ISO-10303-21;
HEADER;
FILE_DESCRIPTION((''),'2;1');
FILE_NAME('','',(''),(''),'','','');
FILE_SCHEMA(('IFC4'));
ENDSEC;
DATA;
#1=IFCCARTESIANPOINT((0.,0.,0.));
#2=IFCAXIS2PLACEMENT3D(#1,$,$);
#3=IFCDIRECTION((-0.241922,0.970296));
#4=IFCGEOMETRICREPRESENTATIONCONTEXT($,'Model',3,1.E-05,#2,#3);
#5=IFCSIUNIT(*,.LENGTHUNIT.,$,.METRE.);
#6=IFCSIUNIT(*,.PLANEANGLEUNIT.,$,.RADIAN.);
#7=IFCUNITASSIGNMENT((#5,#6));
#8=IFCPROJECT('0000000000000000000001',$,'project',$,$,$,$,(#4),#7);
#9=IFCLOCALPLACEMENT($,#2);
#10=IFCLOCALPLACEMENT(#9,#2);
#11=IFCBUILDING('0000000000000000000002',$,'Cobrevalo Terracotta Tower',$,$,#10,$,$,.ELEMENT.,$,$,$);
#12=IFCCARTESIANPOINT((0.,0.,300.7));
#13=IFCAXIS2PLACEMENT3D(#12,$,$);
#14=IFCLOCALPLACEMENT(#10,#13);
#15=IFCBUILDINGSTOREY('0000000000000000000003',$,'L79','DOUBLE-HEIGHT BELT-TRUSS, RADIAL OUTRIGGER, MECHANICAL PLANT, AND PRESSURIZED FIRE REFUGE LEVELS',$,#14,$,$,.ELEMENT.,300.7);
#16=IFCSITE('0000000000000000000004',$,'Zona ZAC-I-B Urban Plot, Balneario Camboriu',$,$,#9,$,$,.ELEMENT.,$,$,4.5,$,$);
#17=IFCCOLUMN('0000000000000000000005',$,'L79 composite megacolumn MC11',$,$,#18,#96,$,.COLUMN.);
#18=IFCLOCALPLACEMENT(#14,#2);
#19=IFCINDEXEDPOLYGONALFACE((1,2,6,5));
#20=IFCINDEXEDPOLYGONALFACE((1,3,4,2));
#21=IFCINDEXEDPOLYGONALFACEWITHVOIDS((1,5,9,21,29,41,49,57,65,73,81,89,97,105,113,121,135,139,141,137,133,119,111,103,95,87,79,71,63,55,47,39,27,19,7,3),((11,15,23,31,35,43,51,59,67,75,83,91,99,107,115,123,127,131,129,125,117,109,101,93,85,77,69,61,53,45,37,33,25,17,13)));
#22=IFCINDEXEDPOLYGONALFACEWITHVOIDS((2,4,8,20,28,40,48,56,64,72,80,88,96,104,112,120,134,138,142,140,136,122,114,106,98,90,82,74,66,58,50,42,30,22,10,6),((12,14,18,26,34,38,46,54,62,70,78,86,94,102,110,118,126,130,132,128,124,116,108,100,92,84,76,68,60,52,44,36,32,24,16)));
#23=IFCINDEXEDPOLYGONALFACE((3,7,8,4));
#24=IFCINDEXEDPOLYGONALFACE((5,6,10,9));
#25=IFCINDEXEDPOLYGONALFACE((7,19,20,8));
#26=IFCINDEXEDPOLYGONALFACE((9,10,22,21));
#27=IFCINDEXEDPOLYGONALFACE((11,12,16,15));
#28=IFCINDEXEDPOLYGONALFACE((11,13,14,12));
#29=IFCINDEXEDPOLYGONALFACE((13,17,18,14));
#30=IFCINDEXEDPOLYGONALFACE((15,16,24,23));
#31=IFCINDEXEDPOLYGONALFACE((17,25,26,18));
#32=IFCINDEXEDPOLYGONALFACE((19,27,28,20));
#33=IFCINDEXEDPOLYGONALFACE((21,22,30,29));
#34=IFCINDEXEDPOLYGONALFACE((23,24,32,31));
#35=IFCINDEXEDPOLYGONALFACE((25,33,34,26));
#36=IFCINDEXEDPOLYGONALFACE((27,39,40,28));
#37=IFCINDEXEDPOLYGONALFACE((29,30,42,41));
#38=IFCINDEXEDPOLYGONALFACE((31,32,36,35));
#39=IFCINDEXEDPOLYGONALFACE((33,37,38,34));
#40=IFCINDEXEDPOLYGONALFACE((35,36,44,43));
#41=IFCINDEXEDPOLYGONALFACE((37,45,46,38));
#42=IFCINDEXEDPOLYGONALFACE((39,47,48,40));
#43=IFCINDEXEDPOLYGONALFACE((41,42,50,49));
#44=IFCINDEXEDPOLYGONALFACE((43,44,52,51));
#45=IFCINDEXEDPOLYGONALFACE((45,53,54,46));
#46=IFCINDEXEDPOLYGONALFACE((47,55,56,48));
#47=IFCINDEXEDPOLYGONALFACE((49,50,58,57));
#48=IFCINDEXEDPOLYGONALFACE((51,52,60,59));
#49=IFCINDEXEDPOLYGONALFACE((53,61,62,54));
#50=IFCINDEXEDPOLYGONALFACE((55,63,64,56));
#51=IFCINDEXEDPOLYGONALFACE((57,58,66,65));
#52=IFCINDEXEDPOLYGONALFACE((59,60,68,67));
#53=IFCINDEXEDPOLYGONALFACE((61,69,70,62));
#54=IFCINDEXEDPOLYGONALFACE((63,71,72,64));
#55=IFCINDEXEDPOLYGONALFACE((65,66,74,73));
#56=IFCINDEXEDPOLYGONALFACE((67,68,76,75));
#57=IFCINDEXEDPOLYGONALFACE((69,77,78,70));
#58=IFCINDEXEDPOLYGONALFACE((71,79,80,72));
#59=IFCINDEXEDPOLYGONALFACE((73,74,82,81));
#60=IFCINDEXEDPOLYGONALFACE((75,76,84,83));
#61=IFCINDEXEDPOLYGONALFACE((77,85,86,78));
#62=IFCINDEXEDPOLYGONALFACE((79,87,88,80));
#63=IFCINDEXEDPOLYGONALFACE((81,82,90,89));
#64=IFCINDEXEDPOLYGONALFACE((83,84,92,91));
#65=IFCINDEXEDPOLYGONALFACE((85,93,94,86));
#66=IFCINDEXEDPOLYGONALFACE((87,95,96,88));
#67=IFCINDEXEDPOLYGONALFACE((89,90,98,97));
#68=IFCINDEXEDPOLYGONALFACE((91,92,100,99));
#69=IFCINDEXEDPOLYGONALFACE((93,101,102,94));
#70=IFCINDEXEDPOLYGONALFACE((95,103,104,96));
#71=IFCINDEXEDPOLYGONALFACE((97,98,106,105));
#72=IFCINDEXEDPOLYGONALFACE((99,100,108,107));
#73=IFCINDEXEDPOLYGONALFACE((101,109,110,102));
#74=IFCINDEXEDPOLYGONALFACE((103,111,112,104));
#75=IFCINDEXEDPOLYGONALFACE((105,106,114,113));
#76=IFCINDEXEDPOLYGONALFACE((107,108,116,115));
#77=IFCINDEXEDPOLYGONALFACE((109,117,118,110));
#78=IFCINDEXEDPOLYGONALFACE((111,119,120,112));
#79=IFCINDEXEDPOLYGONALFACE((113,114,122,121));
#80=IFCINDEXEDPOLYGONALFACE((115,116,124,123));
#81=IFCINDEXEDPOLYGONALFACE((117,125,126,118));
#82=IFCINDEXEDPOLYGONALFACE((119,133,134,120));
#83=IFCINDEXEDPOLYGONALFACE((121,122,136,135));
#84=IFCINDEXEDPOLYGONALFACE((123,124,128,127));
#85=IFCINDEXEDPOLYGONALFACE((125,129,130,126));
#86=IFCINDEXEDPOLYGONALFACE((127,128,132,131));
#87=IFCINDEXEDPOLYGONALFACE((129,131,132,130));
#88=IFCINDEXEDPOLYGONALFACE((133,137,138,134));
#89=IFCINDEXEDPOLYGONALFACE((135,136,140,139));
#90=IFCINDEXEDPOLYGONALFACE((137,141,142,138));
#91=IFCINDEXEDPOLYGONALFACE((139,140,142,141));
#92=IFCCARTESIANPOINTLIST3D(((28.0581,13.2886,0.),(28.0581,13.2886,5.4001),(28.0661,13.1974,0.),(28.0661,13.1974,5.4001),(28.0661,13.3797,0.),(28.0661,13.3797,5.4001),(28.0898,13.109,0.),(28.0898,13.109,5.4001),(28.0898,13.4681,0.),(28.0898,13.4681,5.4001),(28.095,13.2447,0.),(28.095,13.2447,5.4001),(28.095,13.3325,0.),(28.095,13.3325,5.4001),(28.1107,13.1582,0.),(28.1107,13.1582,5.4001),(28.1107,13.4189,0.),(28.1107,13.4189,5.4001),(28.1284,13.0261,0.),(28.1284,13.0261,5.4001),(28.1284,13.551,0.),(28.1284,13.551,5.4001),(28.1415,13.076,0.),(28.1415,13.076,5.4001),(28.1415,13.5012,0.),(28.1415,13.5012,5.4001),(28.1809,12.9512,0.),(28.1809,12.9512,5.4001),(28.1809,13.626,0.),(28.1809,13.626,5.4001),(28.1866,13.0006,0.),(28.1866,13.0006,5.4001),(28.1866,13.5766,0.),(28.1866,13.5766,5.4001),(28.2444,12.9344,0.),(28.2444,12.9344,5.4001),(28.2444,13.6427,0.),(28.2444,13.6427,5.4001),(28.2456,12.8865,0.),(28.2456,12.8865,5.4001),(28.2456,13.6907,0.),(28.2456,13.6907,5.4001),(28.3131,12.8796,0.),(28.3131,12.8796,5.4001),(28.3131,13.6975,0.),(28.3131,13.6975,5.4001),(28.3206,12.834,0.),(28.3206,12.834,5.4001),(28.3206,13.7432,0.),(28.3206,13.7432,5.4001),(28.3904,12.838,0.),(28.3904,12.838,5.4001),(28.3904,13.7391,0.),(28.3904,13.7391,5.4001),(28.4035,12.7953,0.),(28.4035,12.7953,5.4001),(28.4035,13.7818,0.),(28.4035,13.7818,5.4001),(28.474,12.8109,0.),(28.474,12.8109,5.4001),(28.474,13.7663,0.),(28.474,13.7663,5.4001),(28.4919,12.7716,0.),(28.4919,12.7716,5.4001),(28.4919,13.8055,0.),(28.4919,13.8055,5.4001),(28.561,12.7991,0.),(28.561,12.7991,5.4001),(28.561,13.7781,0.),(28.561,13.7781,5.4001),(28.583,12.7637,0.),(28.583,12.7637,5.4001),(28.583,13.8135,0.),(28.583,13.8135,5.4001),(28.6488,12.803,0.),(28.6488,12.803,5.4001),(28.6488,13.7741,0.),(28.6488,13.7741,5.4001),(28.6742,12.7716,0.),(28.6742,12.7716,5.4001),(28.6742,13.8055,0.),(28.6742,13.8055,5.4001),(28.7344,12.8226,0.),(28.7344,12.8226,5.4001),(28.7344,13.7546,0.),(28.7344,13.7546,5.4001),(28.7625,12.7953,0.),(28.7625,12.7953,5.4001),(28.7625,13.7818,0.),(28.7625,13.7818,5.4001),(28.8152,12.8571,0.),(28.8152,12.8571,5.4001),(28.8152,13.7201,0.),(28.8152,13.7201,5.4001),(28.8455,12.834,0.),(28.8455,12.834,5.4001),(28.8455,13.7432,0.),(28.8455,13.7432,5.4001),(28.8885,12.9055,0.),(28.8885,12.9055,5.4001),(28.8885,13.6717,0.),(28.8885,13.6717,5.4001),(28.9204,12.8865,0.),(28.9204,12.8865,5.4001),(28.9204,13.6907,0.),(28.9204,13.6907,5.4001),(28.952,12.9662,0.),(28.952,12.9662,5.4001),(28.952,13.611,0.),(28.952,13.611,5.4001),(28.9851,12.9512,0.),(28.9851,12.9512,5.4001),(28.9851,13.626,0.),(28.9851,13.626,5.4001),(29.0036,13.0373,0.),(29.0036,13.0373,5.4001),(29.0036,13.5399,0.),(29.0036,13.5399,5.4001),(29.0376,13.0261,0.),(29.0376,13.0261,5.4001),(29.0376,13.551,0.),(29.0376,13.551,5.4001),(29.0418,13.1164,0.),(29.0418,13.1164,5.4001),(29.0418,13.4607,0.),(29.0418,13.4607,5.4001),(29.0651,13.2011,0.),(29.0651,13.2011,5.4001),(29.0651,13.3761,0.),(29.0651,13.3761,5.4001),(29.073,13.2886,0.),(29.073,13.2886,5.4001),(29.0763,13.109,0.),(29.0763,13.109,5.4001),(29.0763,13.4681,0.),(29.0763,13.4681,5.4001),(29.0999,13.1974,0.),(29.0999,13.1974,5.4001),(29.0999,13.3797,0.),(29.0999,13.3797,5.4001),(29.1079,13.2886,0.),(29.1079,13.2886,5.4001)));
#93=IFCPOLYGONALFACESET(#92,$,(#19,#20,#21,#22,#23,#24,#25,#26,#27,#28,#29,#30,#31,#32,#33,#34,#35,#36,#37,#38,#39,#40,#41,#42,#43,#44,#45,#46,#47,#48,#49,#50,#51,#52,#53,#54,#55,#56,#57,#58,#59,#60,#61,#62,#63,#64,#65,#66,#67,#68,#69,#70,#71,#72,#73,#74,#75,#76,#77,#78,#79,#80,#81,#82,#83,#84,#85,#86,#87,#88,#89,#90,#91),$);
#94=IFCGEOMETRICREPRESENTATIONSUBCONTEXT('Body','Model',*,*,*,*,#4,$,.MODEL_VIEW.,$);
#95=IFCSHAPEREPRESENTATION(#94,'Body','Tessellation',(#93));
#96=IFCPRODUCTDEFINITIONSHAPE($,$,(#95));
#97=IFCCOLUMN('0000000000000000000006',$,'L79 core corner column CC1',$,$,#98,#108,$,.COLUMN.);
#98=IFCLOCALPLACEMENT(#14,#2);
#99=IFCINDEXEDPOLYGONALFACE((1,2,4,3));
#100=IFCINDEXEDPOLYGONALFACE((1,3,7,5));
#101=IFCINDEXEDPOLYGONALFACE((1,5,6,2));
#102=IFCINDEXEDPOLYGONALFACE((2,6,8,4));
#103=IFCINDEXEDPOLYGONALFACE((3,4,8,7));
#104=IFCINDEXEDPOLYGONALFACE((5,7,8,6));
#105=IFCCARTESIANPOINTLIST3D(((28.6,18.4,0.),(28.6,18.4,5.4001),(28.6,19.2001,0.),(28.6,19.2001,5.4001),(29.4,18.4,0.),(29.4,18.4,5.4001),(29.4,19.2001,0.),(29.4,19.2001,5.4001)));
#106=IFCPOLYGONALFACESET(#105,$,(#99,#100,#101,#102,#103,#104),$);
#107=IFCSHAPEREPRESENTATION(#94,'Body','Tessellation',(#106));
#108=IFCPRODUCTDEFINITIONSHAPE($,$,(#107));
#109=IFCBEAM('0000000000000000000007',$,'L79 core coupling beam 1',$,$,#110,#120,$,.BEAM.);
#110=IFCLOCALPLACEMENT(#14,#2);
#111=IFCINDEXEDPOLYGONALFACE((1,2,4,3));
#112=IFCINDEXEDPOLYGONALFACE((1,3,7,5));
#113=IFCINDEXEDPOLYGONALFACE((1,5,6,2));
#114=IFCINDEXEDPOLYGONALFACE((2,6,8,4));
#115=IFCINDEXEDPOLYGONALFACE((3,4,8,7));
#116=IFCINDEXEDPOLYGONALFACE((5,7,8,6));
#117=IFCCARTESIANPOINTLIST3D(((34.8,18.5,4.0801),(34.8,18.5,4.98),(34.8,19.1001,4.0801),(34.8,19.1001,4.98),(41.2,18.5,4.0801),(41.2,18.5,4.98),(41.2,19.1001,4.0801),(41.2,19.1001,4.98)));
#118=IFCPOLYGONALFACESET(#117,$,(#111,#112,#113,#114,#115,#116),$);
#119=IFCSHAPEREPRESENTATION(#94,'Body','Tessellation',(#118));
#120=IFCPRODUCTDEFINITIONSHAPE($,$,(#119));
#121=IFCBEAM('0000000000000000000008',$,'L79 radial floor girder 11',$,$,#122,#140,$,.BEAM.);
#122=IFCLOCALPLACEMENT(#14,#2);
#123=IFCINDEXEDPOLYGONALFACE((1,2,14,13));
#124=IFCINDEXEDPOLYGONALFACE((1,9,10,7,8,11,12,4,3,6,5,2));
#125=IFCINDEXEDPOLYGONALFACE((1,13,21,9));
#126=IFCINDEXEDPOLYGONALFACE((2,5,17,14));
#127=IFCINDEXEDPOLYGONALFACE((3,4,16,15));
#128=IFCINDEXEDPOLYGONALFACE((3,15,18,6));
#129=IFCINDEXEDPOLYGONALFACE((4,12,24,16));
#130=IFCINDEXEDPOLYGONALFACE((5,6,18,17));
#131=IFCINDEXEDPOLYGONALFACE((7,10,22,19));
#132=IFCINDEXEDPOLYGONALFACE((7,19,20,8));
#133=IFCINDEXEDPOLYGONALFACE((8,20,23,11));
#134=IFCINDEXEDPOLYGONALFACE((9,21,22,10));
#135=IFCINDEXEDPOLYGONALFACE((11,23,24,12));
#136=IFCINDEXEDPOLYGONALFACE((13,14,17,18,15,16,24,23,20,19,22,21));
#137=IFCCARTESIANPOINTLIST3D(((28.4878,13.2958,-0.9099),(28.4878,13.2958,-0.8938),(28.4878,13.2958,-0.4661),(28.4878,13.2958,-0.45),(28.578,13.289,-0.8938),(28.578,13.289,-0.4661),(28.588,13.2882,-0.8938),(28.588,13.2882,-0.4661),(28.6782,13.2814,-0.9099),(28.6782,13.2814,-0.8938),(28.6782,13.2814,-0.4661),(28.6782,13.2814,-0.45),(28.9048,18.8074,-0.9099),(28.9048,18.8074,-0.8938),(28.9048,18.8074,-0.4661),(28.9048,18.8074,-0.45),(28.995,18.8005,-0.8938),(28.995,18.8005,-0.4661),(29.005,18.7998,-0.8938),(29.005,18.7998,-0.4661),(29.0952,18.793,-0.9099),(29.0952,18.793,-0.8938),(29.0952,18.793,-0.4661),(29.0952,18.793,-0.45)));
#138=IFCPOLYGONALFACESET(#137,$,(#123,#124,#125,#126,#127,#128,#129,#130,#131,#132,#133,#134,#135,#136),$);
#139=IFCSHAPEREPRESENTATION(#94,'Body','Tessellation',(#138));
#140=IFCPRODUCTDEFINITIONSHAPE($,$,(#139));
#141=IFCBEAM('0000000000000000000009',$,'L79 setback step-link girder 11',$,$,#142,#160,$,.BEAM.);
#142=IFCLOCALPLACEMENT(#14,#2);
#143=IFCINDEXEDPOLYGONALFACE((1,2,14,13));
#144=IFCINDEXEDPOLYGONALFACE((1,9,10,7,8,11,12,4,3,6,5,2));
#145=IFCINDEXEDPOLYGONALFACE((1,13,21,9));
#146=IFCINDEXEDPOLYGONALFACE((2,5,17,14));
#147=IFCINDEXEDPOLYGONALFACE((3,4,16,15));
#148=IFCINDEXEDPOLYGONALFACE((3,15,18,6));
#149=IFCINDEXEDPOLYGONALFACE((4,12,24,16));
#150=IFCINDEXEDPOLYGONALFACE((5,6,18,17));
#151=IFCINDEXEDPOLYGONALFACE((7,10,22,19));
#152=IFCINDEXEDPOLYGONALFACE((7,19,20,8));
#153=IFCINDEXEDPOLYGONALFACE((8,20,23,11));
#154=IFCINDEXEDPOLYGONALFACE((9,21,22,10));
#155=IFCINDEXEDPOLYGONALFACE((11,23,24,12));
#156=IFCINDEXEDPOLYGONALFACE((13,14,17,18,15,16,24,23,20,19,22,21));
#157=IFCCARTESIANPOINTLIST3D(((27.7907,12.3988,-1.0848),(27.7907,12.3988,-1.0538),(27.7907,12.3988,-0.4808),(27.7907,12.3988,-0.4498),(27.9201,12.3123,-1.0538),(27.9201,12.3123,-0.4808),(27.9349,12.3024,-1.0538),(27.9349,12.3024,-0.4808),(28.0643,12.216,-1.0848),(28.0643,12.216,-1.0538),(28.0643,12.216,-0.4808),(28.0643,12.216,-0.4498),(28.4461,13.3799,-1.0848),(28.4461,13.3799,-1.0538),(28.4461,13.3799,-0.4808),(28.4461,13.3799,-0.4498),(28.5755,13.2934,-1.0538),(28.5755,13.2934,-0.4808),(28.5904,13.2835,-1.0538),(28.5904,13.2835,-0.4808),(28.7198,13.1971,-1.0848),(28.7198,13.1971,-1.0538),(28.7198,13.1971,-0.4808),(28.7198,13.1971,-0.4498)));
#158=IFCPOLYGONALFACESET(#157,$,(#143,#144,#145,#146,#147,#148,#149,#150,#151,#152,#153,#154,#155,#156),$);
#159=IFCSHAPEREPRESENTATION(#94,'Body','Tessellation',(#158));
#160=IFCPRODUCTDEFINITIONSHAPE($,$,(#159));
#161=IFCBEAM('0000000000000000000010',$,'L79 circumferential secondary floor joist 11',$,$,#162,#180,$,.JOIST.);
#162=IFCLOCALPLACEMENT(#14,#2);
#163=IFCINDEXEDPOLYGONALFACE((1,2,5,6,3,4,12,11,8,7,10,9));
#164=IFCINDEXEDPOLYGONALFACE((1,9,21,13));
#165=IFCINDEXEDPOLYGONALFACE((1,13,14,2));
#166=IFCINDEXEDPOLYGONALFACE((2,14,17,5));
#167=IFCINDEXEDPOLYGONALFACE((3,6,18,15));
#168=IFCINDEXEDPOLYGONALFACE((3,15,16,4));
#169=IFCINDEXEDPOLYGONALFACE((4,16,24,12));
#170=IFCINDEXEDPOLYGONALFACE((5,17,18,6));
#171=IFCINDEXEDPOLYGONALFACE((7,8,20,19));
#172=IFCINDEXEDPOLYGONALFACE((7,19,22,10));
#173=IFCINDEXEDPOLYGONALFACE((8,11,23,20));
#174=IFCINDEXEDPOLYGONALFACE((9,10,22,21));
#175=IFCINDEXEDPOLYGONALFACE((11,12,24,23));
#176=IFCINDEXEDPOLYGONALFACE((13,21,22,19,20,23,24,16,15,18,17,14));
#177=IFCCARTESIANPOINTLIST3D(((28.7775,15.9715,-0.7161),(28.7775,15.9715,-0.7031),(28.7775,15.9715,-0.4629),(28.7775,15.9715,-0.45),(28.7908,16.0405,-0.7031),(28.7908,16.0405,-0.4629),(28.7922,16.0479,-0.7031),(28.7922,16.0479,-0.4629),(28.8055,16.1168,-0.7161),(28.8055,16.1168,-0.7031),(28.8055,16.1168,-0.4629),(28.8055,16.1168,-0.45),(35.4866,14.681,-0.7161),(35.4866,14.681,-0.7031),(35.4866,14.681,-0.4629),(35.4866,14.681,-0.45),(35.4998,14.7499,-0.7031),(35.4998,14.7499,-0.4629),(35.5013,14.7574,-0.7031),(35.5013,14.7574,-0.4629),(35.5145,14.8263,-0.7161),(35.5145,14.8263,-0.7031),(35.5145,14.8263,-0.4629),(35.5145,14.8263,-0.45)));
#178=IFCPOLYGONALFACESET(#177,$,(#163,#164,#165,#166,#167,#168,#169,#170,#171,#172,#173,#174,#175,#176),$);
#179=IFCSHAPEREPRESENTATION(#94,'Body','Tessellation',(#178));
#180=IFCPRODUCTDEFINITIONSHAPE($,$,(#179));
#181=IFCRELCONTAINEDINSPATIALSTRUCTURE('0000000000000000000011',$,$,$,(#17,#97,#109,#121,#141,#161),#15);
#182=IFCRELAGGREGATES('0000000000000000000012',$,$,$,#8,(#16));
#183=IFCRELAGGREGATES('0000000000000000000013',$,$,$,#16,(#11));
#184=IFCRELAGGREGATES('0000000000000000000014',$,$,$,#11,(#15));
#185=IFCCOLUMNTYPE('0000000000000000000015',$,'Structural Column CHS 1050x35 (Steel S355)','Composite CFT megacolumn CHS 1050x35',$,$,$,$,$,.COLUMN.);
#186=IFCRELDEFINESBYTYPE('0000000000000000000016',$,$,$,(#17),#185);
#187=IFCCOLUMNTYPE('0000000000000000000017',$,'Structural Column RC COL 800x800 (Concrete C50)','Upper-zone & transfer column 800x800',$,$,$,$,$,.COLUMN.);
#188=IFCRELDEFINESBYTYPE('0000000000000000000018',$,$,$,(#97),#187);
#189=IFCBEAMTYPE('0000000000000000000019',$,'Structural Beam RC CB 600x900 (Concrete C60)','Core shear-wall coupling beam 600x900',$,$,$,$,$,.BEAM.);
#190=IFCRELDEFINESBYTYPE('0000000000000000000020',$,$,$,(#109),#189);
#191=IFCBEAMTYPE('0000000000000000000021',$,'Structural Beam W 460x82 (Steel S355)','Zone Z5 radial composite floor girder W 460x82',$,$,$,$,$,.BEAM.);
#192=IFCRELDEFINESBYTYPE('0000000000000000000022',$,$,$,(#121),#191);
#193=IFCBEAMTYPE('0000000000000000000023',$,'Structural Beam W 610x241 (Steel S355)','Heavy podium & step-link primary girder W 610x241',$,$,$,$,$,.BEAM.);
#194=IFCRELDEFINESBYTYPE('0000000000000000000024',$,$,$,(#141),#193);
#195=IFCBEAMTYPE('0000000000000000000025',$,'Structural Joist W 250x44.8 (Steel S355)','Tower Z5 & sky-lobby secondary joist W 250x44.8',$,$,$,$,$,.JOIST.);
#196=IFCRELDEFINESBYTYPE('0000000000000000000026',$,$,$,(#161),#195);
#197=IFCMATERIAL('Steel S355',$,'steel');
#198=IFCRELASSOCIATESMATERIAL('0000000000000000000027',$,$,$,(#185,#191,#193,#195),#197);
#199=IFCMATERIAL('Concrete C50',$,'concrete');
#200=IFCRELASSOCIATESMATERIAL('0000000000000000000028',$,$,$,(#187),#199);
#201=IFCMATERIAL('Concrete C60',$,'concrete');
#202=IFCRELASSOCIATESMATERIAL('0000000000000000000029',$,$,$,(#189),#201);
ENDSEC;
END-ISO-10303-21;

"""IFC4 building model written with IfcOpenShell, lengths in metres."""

from ifc_helpers import new_model, si_unit, direction, frame, origin, origin_2d, place, context, subcontext, project, spatial, rectangle, hollow_circle, i_section, extrude, material, material_profile, profile_set, type_object, element, save


model = new_model("IFC4")

# Units and contexts
model_context = context("Model", 3, precision=1e-05, world=origin(), true_north=direction((-0.241922, 0.970296)))
body_context = subcontext(model_context, "Body", "Model", "MODEL_VIEW")
ifc_project = project(units=[si_unit("LENGTHUNIT", "METRE"), si_unit("PLANEANGLEUNIT", "RADIAN")], contexts=[model_context])

# Site, building, storey
site_placement = place(None, origin())
site = spatial("IfcSite", under=ifc_project, at=site_placement, Name="Zona ZAC-I-B Urban Plot, Balneario Camboriu", CompositionType="ELEMENT", RefElevation=4.5)
building_placement = place(site_placement, origin())
building = spatial("IfcBuilding", under=site, at=building_placement, Name="Cobrevalo Terracotta Tower", CompositionType="ELEMENT")
storey_placement = place(building_placement, frame((0.0, 0.0, 300.7)))
storey = spatial("IfcBuildingStorey", under=building, at=storey_placement, Name="L79", Description="DOUBLE-HEIGHT BELT-TRUSS, RADIAL OUTRIGGER, MECHANICAL PLANT, AND PRESSURIZED FIRE REFUGE LEVELS", CompositionType="ELEMENT", Elevation=300.7)

# Columns
ifc_material_1 = material(Name="Steel S355", Category="steel")
ifc_material_profile_1 = material_profile(ifc_material_1, hollow_circle(Radius=0.5249, WallThickness=0.0349, at=origin_2d()), Name="CHS 1050x35")
ifc_profile_set_1 = profile_set([ifc_material_profile_1], Name="Steel S355")
column_type_1 = type_object("IfcColumnType", Name="Structural Column CHS 1050x35 (Steel S355)", Description="Composite CFT megacolumn CHS 1050x35", PredefinedType="COLUMN", material=ifc_profile_set_1)
column_1_placement = place(storey_placement, frame((28.583, 13.2886, 0.0), z_axis=(0.0, 0.0, 1.0), x_axis=(1.0, 0.0, 0.0)))
element("IfcColumn", 1, at=column_1_placement, inside=storey, type_object=column_type_1, Name="L79 composite megacolumn MC11", PredefinedType="COLUMN", context=body_context, shape_type="SweptSolid", body=[
    extrude(hollow_circle(Radius=0.5249, WallThickness=0.0349, at=origin_2d()), origin(), (0.0, 0.0, 1.0), 5.4001),
])
ifc_material_2 = material(Name="Concrete C50", Category="concrete")
ifc_material_profile_2 = material_profile(ifc_material_2, rectangle(XDim=0.8, YDim=0.8, at=origin_2d()), Name="RC COL 800x800")
ifc_profile_set_2 = profile_set([ifc_material_profile_2], Name="Concrete C50")
column_type_2 = type_object("IfcColumnType", Name="Structural Column RC COL 800x800 (Concrete C50)", Description="Upper-zone & transfer column 800x800", PredefinedType="COLUMN", material=ifc_profile_set_2)
column_2_placement = place(storey_placement, frame((29.0, 18.8, 0.0), z_axis=(0.0, 0.0, 1.0), x_axis=(1.0, 0.0, 0.0)))
element("IfcColumn", 2, at=column_2_placement, inside=storey, type_object=column_type_2, Name="L79 core corner column CC1", PredefinedType="COLUMN", context=body_context, shape_type="SweptSolid", body=[
    extrude(rectangle(XDim=0.8, YDim=0.8, at=origin_2d()), origin(), (0.0, 0.0, 1.0), 5.4001),
])

# Beams
ifc_material_3 = material(Name="Concrete C60", Category="concrete")
ifc_material_profile_3 = material_profile(ifc_material_3, rectangle(XDim=0.6001, YDim=0.8999, at=origin_2d()), Name="RC CB 600x900")
ifc_profile_set_3 = profile_set([ifc_material_profile_3], Name="Concrete C60")
beam_type_1 = type_object("IfcBeamType", Name="Structural Beam RC CB 600x900 (Concrete C60)", Description="Core shear-wall coupling beam 600x900", PredefinedType="BEAM", material=ifc_profile_set_3)
beam_1_placement = place(storey_placement, frame((34.8, 18.8, 4.53), z_axis=(1.0, 0.0, 0.0), x_axis=(0.0, 1.0, 0.0)))
element("IfcBeam", 3, at=beam_1_placement, inside=storey, type_object=beam_type_1, Name="L79 core coupling beam 1", PredefinedType="BEAM", context=body_context, shape_type="SweptSolid", body=[
    extrude(rectangle(XDim=0.6001, YDim=0.8999, at=origin_2d()), origin(), (0.0, 0.0, 1.0), 6.3999),
])
ifc_material_profile_4 = material_profile(ifc_material_1, i_section(OverallWidth=0.1909, OverallDepth=0.46, WebThickness=0.01, FlangeThickness=0.0161, at=origin_2d()), Name="W 460x82")
ifc_profile_set_4 = profile_set([ifc_material_profile_4], Name="Steel S355")
beam_type_2 = type_object("IfcBeamType", Name="Structural Beam W 460x82 (Steel S355)", Description="Zone Z5 radial composite floor girder W 460x82", PredefinedType="BEAM", material=ifc_profile_set_4)
beam_2_placement = place(storey_placement, frame((28.583, 13.2886, -0.6799), z_axis=(0.075443, 0.99715, 0.0), x_axis=(-0.99715, 0.075443, 0.0)))
element("IfcBeam", 4, at=beam_2_placement, inside=storey, type_object=beam_type_2, Name="L79 radial floor girder 11", PredefinedType="BEAM", context=body_context, shape_type="SweptSolid", body=[
    extrude(i_section(OverallWidth=0.1909, OverallDepth=0.46, WebThickness=0.01, FlangeThickness=0.0161, at=origin_2d()), origin(), (0.0, 0.0, 1.0), 5.5273),
])
ifc_material_profile_5 = material_profile(ifc_material_1, i_section(OverallWidth=0.3291, OverallDepth=0.635, WebThickness=0.0178, FlangeThickness=0.031, at=origin_2d()), Name="W 610x241")
ifc_profile_set_5 = profile_set([ifc_material_profile_5], Name="Steel S355")
beam_type_3 = type_object("IfcBeamType", Name="Structural Beam W 610x241 (Steel S355)", Description="Heavy podium & step-link primary girder W 610x241", PredefinedType="BEAM", material=ifc_profile_set_5)
beam_3_placement = place(storey_placement, frame((27.9275, 12.3074, -0.7673), z_axis=(0.555512, 0.831509, 0.0), x_axis=(-0.831509, 0.555512, 0.0)))
element("IfcBeam", 5, at=beam_3_placement, inside=storey, type_object=beam_type_3, Name="L79 setback step-link girder 11", PredefinedType="BEAM", context=body_context, shape_type="SweptSolid", body=[
    extrude(i_section(OverallWidth=0.3291, OverallDepth=0.635, WebThickness=0.0178, FlangeThickness=0.031, at=origin_2d()), origin(), (0.0, 0.0, 1.0), 1.1799),
])
ifc_material_profile_6 = material_profile(ifc_material_1, i_section(OverallWidth=0.1479, OverallDepth=0.2661, WebThickness=0.0076, FlangeThickness=0.0129, at=origin_2d()), Name="W 250x44.8")
ifc_profile_set_6 = profile_set([ifc_material_profile_6], Name="Steel S355")
beam_type_4 = type_object("IfcBeamType", Name="Structural Joist W 250x44.8 (Steel S355)", Description="Tower Z5 & sky-lobby secondary joist W 250x44.8", PredefinedType="JOIST", material=ifc_profile_set_6)
beam_4_placement = place(storey_placement, frame((28.7915, 16.0442, -0.583), z_axis=(0.981997, -0.188895, 0.0), x_axis=(0.188895, 0.981997, 0.0)))
element("IfcBeam", 6, at=beam_4_placement, inside=storey, type_object=beam_type_4, Name="L79 circumferential secondary floor joist 11", PredefinedType="JOIST", context=body_context, shape_type="SweptSolid", body=[
    extrude(i_section(OverallWidth=0.1479, OverallDepth=0.2661, WebThickness=0.0076, FlangeThickness=0.0129, at=origin_2d()), origin(), (0.0, 0.0, 1.0), 6.832),
])

save(model, "model.ifc")
